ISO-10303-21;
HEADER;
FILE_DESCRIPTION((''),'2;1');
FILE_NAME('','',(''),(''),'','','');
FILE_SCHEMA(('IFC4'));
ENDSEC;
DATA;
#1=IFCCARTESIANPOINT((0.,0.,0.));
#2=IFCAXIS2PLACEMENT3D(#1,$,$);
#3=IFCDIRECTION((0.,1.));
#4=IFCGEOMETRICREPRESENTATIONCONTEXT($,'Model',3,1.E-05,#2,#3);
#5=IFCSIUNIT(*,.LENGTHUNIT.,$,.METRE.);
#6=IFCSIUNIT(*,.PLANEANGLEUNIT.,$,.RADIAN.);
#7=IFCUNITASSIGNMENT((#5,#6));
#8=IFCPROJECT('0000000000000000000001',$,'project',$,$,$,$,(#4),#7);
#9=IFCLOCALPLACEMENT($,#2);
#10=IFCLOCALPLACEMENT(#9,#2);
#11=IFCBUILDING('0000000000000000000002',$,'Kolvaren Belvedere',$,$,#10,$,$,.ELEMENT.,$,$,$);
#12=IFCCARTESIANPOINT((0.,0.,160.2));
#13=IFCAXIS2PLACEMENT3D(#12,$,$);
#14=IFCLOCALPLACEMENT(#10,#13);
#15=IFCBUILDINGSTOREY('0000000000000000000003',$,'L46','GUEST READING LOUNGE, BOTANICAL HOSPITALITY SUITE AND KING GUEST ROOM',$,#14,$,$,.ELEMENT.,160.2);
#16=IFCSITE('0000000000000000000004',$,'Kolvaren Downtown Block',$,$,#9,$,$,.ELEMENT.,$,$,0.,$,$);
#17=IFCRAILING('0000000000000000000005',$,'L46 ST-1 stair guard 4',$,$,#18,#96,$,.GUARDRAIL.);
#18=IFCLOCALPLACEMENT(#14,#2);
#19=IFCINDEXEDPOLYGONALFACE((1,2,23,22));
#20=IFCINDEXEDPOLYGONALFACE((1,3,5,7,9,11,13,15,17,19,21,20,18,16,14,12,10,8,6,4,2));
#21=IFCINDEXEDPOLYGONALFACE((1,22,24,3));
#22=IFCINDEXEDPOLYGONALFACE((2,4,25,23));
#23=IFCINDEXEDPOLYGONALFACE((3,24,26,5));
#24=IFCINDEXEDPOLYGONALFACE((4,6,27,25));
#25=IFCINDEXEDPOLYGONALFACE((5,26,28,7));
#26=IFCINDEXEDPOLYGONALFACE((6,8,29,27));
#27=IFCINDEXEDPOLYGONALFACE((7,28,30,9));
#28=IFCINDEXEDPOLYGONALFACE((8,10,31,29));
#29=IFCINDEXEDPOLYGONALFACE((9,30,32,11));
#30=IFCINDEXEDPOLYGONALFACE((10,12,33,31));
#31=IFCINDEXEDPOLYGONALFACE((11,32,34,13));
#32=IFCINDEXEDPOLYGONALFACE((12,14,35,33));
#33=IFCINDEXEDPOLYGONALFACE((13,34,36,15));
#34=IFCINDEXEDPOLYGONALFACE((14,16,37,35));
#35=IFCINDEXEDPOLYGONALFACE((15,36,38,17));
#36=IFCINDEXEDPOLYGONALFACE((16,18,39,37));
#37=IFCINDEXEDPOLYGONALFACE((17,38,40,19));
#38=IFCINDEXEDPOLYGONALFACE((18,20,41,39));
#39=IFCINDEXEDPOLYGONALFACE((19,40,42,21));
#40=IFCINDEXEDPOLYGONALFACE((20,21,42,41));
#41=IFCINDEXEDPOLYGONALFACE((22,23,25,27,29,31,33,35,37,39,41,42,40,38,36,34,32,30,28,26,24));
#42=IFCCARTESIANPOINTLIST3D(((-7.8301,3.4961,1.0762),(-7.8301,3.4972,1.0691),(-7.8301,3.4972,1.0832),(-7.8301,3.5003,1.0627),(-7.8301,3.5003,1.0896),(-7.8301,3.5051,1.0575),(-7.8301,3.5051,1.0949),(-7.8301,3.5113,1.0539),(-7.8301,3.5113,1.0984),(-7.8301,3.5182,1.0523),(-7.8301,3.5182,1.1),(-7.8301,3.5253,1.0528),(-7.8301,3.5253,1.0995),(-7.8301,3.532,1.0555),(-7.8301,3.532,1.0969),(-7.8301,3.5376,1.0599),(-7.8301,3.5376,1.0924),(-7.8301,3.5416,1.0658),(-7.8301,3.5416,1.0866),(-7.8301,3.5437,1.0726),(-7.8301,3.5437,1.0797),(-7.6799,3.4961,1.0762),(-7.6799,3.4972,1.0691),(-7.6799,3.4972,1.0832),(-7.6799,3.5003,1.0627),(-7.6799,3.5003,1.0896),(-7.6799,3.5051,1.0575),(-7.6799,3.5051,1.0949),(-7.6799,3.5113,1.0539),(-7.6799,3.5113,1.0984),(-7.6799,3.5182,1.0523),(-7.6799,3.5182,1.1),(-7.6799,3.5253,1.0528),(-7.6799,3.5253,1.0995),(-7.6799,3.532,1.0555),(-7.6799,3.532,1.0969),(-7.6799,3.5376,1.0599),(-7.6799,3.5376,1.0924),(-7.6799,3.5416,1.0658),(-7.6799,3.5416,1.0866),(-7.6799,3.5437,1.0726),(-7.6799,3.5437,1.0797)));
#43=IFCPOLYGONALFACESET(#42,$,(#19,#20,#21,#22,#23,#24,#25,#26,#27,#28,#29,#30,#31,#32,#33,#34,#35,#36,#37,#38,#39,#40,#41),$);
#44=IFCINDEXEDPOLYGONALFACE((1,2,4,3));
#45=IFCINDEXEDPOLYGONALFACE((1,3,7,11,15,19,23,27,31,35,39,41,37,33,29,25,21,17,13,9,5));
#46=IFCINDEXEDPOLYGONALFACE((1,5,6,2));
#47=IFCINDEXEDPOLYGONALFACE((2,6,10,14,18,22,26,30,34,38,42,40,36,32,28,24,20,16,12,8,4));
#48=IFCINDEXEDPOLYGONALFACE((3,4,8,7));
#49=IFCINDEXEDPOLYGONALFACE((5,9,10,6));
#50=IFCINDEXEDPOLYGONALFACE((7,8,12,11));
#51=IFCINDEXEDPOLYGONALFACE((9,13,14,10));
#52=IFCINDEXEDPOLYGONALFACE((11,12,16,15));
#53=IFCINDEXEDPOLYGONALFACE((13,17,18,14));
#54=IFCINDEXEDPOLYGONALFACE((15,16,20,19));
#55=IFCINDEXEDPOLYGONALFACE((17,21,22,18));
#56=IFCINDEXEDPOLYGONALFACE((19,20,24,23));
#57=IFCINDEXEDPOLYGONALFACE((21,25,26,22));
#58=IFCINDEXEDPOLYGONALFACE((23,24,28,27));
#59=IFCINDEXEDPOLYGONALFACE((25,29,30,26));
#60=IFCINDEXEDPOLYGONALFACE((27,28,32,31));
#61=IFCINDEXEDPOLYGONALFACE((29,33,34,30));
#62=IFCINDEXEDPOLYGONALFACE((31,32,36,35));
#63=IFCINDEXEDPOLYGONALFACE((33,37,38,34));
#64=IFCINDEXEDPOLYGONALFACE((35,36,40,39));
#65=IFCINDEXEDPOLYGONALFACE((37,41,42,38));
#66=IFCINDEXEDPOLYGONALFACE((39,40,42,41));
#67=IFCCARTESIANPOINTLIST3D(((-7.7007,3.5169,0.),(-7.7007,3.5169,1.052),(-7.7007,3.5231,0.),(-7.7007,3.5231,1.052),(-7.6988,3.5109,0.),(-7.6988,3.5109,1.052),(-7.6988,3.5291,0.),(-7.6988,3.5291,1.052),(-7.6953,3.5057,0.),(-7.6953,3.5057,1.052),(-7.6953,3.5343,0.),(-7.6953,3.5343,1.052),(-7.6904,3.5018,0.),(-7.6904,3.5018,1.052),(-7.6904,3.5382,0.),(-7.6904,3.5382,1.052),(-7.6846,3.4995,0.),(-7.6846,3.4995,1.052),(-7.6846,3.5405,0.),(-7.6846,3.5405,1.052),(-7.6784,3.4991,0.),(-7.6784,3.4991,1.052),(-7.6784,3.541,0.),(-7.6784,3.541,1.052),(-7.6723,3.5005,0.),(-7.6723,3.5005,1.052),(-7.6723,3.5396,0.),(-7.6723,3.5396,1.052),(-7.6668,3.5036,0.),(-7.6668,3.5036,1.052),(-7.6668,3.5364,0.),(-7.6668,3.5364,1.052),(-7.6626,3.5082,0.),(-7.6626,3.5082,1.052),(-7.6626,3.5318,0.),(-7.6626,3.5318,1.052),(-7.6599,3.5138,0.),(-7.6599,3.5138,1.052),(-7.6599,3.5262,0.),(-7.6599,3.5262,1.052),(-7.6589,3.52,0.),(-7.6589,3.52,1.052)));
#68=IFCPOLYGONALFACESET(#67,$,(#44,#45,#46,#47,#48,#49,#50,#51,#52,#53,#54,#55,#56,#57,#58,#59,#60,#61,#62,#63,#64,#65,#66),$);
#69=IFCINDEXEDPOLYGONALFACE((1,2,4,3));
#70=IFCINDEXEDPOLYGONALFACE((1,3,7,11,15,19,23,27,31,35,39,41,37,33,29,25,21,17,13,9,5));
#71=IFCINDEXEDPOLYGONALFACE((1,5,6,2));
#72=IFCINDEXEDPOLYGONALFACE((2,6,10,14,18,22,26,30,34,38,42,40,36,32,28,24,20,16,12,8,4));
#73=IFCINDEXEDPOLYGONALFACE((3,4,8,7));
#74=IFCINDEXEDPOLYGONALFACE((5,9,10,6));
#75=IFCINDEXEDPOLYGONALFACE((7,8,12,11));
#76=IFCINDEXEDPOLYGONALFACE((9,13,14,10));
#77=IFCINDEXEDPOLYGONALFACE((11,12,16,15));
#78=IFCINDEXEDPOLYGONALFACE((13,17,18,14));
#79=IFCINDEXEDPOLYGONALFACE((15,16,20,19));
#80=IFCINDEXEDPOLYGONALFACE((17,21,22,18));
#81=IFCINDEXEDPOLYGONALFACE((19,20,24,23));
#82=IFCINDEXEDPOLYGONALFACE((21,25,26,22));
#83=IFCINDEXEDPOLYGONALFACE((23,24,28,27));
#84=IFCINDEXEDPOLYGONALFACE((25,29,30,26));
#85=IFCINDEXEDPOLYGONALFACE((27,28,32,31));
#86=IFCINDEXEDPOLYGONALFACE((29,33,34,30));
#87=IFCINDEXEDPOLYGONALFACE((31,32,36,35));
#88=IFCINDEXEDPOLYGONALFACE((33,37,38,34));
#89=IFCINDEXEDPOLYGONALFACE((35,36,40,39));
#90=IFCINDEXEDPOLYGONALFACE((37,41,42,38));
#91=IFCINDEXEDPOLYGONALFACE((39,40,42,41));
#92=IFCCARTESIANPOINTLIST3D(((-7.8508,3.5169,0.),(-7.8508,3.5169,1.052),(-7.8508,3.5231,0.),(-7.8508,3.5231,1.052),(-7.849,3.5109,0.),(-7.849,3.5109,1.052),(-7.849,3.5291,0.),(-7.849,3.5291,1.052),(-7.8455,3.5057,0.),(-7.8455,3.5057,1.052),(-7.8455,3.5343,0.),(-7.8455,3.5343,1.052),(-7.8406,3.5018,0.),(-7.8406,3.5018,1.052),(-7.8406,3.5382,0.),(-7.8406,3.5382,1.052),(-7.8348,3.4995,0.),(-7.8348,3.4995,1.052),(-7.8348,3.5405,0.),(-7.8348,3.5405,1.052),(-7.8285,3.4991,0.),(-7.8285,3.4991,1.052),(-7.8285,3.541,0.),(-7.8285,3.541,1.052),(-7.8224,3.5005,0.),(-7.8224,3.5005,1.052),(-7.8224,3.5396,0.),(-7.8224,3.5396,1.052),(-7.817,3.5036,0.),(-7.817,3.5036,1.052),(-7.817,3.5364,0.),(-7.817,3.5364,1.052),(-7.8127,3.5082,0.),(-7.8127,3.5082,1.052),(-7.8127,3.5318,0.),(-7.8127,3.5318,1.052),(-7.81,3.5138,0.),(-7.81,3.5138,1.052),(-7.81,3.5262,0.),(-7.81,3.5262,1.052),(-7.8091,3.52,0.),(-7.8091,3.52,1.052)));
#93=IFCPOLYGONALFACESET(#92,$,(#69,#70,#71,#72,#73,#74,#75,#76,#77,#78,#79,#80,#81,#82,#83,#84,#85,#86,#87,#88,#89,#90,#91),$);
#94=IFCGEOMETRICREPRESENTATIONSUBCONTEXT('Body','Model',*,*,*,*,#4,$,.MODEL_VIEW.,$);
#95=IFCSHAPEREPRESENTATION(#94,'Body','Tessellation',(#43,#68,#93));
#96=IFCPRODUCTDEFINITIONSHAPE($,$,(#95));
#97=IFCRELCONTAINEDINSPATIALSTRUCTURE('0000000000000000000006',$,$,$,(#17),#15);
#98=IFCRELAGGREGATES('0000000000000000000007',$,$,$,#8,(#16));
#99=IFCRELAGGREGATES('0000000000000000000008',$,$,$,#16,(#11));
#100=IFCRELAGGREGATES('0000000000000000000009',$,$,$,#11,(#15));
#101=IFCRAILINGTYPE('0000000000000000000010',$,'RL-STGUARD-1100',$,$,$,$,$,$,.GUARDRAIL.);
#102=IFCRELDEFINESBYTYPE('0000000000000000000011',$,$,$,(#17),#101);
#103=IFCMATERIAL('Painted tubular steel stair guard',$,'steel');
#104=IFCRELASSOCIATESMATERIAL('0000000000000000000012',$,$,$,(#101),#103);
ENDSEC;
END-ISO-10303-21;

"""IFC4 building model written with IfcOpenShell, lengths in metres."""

from ifc_helpers import new_model, si_unit, direction, frame, origin, origin_2d, place, context, subcontext, project, spatial, circle, extrude, material, type_object, element, save


model = new_model("IFC4")

# Units and contexts
model_context = context("Model", 3, precision=1e-05, world=origin(), true_north=direction((0.0, 1.0)))
body_context = subcontext(model_context, "Body", "Model", "MODEL_VIEW")
ifc_project = project(units=[si_unit("LENGTHUNIT", "METRE"), si_unit("PLANEANGLEUNIT", "RADIAN")], contexts=[model_context])

# Site, building, storey
site_placement = place(None, origin())
site = spatial("IfcSite", under=ifc_project, at=site_placement, Name="Kolvaren Downtown Block", CompositionType="ELEMENT", RefElevation=0.0)
building_placement = place(site_placement, origin())
building = spatial("IfcBuilding", under=site, at=building_placement, Name="Kolvaren Belvedere", CompositionType="ELEMENT")
storey_placement = place(building_placement, frame((0.0, 0.0, 160.2)))
storey = spatial("IfcBuildingStorey", under=building, at=storey_placement, Name="L46", Description="GUEST READING LOUNGE, BOTANICAL HOSPITALITY SUITE AND KING GUEST ROOM", CompositionType="ELEMENT", Elevation=160.2)

# Railing
ifc_material_1 = material(Name="Painted tubular steel stair guard", Category="steel")
railing_type_1 = type_object("IfcRailingType", Name="RL-STGUARD-1100", PredefinedType="GUARDRAIL", material=ifc_material_1)
railing_1_placement = place(storey_placement, frame((-7.6799, 3.52, 0.0)))
element("IfcRailing", 1, at=railing_1_placement, inside=storey, type_object=railing_type_1, Name="L46 ST-1 stair guard 4", PredefinedType="GUARDRAIL", context=body_context, shape_type="SweptSolid", body=[
    extrude(circle(Radius=0.0239, at=origin_2d()), frame((0.0, 0.0, 1.0762), z_axis=(-1.0, 0.0, 0.0), x_axis=(0.0, -1.0, 0.0)), (0.0, 0.0, 1.0), 0.1501),
    extrude(circle(Radius=0.021, at=origin_2d()), origin(), (0.0, 0.0, 1.0), 1.052),
    extrude(circle(Radius=0.021, at=origin_2d()), frame((-0.1501, 0.0, 0.0)), (0.0, 0.0, 1.0), 1.052),
])

save(model, "model.ifc")
